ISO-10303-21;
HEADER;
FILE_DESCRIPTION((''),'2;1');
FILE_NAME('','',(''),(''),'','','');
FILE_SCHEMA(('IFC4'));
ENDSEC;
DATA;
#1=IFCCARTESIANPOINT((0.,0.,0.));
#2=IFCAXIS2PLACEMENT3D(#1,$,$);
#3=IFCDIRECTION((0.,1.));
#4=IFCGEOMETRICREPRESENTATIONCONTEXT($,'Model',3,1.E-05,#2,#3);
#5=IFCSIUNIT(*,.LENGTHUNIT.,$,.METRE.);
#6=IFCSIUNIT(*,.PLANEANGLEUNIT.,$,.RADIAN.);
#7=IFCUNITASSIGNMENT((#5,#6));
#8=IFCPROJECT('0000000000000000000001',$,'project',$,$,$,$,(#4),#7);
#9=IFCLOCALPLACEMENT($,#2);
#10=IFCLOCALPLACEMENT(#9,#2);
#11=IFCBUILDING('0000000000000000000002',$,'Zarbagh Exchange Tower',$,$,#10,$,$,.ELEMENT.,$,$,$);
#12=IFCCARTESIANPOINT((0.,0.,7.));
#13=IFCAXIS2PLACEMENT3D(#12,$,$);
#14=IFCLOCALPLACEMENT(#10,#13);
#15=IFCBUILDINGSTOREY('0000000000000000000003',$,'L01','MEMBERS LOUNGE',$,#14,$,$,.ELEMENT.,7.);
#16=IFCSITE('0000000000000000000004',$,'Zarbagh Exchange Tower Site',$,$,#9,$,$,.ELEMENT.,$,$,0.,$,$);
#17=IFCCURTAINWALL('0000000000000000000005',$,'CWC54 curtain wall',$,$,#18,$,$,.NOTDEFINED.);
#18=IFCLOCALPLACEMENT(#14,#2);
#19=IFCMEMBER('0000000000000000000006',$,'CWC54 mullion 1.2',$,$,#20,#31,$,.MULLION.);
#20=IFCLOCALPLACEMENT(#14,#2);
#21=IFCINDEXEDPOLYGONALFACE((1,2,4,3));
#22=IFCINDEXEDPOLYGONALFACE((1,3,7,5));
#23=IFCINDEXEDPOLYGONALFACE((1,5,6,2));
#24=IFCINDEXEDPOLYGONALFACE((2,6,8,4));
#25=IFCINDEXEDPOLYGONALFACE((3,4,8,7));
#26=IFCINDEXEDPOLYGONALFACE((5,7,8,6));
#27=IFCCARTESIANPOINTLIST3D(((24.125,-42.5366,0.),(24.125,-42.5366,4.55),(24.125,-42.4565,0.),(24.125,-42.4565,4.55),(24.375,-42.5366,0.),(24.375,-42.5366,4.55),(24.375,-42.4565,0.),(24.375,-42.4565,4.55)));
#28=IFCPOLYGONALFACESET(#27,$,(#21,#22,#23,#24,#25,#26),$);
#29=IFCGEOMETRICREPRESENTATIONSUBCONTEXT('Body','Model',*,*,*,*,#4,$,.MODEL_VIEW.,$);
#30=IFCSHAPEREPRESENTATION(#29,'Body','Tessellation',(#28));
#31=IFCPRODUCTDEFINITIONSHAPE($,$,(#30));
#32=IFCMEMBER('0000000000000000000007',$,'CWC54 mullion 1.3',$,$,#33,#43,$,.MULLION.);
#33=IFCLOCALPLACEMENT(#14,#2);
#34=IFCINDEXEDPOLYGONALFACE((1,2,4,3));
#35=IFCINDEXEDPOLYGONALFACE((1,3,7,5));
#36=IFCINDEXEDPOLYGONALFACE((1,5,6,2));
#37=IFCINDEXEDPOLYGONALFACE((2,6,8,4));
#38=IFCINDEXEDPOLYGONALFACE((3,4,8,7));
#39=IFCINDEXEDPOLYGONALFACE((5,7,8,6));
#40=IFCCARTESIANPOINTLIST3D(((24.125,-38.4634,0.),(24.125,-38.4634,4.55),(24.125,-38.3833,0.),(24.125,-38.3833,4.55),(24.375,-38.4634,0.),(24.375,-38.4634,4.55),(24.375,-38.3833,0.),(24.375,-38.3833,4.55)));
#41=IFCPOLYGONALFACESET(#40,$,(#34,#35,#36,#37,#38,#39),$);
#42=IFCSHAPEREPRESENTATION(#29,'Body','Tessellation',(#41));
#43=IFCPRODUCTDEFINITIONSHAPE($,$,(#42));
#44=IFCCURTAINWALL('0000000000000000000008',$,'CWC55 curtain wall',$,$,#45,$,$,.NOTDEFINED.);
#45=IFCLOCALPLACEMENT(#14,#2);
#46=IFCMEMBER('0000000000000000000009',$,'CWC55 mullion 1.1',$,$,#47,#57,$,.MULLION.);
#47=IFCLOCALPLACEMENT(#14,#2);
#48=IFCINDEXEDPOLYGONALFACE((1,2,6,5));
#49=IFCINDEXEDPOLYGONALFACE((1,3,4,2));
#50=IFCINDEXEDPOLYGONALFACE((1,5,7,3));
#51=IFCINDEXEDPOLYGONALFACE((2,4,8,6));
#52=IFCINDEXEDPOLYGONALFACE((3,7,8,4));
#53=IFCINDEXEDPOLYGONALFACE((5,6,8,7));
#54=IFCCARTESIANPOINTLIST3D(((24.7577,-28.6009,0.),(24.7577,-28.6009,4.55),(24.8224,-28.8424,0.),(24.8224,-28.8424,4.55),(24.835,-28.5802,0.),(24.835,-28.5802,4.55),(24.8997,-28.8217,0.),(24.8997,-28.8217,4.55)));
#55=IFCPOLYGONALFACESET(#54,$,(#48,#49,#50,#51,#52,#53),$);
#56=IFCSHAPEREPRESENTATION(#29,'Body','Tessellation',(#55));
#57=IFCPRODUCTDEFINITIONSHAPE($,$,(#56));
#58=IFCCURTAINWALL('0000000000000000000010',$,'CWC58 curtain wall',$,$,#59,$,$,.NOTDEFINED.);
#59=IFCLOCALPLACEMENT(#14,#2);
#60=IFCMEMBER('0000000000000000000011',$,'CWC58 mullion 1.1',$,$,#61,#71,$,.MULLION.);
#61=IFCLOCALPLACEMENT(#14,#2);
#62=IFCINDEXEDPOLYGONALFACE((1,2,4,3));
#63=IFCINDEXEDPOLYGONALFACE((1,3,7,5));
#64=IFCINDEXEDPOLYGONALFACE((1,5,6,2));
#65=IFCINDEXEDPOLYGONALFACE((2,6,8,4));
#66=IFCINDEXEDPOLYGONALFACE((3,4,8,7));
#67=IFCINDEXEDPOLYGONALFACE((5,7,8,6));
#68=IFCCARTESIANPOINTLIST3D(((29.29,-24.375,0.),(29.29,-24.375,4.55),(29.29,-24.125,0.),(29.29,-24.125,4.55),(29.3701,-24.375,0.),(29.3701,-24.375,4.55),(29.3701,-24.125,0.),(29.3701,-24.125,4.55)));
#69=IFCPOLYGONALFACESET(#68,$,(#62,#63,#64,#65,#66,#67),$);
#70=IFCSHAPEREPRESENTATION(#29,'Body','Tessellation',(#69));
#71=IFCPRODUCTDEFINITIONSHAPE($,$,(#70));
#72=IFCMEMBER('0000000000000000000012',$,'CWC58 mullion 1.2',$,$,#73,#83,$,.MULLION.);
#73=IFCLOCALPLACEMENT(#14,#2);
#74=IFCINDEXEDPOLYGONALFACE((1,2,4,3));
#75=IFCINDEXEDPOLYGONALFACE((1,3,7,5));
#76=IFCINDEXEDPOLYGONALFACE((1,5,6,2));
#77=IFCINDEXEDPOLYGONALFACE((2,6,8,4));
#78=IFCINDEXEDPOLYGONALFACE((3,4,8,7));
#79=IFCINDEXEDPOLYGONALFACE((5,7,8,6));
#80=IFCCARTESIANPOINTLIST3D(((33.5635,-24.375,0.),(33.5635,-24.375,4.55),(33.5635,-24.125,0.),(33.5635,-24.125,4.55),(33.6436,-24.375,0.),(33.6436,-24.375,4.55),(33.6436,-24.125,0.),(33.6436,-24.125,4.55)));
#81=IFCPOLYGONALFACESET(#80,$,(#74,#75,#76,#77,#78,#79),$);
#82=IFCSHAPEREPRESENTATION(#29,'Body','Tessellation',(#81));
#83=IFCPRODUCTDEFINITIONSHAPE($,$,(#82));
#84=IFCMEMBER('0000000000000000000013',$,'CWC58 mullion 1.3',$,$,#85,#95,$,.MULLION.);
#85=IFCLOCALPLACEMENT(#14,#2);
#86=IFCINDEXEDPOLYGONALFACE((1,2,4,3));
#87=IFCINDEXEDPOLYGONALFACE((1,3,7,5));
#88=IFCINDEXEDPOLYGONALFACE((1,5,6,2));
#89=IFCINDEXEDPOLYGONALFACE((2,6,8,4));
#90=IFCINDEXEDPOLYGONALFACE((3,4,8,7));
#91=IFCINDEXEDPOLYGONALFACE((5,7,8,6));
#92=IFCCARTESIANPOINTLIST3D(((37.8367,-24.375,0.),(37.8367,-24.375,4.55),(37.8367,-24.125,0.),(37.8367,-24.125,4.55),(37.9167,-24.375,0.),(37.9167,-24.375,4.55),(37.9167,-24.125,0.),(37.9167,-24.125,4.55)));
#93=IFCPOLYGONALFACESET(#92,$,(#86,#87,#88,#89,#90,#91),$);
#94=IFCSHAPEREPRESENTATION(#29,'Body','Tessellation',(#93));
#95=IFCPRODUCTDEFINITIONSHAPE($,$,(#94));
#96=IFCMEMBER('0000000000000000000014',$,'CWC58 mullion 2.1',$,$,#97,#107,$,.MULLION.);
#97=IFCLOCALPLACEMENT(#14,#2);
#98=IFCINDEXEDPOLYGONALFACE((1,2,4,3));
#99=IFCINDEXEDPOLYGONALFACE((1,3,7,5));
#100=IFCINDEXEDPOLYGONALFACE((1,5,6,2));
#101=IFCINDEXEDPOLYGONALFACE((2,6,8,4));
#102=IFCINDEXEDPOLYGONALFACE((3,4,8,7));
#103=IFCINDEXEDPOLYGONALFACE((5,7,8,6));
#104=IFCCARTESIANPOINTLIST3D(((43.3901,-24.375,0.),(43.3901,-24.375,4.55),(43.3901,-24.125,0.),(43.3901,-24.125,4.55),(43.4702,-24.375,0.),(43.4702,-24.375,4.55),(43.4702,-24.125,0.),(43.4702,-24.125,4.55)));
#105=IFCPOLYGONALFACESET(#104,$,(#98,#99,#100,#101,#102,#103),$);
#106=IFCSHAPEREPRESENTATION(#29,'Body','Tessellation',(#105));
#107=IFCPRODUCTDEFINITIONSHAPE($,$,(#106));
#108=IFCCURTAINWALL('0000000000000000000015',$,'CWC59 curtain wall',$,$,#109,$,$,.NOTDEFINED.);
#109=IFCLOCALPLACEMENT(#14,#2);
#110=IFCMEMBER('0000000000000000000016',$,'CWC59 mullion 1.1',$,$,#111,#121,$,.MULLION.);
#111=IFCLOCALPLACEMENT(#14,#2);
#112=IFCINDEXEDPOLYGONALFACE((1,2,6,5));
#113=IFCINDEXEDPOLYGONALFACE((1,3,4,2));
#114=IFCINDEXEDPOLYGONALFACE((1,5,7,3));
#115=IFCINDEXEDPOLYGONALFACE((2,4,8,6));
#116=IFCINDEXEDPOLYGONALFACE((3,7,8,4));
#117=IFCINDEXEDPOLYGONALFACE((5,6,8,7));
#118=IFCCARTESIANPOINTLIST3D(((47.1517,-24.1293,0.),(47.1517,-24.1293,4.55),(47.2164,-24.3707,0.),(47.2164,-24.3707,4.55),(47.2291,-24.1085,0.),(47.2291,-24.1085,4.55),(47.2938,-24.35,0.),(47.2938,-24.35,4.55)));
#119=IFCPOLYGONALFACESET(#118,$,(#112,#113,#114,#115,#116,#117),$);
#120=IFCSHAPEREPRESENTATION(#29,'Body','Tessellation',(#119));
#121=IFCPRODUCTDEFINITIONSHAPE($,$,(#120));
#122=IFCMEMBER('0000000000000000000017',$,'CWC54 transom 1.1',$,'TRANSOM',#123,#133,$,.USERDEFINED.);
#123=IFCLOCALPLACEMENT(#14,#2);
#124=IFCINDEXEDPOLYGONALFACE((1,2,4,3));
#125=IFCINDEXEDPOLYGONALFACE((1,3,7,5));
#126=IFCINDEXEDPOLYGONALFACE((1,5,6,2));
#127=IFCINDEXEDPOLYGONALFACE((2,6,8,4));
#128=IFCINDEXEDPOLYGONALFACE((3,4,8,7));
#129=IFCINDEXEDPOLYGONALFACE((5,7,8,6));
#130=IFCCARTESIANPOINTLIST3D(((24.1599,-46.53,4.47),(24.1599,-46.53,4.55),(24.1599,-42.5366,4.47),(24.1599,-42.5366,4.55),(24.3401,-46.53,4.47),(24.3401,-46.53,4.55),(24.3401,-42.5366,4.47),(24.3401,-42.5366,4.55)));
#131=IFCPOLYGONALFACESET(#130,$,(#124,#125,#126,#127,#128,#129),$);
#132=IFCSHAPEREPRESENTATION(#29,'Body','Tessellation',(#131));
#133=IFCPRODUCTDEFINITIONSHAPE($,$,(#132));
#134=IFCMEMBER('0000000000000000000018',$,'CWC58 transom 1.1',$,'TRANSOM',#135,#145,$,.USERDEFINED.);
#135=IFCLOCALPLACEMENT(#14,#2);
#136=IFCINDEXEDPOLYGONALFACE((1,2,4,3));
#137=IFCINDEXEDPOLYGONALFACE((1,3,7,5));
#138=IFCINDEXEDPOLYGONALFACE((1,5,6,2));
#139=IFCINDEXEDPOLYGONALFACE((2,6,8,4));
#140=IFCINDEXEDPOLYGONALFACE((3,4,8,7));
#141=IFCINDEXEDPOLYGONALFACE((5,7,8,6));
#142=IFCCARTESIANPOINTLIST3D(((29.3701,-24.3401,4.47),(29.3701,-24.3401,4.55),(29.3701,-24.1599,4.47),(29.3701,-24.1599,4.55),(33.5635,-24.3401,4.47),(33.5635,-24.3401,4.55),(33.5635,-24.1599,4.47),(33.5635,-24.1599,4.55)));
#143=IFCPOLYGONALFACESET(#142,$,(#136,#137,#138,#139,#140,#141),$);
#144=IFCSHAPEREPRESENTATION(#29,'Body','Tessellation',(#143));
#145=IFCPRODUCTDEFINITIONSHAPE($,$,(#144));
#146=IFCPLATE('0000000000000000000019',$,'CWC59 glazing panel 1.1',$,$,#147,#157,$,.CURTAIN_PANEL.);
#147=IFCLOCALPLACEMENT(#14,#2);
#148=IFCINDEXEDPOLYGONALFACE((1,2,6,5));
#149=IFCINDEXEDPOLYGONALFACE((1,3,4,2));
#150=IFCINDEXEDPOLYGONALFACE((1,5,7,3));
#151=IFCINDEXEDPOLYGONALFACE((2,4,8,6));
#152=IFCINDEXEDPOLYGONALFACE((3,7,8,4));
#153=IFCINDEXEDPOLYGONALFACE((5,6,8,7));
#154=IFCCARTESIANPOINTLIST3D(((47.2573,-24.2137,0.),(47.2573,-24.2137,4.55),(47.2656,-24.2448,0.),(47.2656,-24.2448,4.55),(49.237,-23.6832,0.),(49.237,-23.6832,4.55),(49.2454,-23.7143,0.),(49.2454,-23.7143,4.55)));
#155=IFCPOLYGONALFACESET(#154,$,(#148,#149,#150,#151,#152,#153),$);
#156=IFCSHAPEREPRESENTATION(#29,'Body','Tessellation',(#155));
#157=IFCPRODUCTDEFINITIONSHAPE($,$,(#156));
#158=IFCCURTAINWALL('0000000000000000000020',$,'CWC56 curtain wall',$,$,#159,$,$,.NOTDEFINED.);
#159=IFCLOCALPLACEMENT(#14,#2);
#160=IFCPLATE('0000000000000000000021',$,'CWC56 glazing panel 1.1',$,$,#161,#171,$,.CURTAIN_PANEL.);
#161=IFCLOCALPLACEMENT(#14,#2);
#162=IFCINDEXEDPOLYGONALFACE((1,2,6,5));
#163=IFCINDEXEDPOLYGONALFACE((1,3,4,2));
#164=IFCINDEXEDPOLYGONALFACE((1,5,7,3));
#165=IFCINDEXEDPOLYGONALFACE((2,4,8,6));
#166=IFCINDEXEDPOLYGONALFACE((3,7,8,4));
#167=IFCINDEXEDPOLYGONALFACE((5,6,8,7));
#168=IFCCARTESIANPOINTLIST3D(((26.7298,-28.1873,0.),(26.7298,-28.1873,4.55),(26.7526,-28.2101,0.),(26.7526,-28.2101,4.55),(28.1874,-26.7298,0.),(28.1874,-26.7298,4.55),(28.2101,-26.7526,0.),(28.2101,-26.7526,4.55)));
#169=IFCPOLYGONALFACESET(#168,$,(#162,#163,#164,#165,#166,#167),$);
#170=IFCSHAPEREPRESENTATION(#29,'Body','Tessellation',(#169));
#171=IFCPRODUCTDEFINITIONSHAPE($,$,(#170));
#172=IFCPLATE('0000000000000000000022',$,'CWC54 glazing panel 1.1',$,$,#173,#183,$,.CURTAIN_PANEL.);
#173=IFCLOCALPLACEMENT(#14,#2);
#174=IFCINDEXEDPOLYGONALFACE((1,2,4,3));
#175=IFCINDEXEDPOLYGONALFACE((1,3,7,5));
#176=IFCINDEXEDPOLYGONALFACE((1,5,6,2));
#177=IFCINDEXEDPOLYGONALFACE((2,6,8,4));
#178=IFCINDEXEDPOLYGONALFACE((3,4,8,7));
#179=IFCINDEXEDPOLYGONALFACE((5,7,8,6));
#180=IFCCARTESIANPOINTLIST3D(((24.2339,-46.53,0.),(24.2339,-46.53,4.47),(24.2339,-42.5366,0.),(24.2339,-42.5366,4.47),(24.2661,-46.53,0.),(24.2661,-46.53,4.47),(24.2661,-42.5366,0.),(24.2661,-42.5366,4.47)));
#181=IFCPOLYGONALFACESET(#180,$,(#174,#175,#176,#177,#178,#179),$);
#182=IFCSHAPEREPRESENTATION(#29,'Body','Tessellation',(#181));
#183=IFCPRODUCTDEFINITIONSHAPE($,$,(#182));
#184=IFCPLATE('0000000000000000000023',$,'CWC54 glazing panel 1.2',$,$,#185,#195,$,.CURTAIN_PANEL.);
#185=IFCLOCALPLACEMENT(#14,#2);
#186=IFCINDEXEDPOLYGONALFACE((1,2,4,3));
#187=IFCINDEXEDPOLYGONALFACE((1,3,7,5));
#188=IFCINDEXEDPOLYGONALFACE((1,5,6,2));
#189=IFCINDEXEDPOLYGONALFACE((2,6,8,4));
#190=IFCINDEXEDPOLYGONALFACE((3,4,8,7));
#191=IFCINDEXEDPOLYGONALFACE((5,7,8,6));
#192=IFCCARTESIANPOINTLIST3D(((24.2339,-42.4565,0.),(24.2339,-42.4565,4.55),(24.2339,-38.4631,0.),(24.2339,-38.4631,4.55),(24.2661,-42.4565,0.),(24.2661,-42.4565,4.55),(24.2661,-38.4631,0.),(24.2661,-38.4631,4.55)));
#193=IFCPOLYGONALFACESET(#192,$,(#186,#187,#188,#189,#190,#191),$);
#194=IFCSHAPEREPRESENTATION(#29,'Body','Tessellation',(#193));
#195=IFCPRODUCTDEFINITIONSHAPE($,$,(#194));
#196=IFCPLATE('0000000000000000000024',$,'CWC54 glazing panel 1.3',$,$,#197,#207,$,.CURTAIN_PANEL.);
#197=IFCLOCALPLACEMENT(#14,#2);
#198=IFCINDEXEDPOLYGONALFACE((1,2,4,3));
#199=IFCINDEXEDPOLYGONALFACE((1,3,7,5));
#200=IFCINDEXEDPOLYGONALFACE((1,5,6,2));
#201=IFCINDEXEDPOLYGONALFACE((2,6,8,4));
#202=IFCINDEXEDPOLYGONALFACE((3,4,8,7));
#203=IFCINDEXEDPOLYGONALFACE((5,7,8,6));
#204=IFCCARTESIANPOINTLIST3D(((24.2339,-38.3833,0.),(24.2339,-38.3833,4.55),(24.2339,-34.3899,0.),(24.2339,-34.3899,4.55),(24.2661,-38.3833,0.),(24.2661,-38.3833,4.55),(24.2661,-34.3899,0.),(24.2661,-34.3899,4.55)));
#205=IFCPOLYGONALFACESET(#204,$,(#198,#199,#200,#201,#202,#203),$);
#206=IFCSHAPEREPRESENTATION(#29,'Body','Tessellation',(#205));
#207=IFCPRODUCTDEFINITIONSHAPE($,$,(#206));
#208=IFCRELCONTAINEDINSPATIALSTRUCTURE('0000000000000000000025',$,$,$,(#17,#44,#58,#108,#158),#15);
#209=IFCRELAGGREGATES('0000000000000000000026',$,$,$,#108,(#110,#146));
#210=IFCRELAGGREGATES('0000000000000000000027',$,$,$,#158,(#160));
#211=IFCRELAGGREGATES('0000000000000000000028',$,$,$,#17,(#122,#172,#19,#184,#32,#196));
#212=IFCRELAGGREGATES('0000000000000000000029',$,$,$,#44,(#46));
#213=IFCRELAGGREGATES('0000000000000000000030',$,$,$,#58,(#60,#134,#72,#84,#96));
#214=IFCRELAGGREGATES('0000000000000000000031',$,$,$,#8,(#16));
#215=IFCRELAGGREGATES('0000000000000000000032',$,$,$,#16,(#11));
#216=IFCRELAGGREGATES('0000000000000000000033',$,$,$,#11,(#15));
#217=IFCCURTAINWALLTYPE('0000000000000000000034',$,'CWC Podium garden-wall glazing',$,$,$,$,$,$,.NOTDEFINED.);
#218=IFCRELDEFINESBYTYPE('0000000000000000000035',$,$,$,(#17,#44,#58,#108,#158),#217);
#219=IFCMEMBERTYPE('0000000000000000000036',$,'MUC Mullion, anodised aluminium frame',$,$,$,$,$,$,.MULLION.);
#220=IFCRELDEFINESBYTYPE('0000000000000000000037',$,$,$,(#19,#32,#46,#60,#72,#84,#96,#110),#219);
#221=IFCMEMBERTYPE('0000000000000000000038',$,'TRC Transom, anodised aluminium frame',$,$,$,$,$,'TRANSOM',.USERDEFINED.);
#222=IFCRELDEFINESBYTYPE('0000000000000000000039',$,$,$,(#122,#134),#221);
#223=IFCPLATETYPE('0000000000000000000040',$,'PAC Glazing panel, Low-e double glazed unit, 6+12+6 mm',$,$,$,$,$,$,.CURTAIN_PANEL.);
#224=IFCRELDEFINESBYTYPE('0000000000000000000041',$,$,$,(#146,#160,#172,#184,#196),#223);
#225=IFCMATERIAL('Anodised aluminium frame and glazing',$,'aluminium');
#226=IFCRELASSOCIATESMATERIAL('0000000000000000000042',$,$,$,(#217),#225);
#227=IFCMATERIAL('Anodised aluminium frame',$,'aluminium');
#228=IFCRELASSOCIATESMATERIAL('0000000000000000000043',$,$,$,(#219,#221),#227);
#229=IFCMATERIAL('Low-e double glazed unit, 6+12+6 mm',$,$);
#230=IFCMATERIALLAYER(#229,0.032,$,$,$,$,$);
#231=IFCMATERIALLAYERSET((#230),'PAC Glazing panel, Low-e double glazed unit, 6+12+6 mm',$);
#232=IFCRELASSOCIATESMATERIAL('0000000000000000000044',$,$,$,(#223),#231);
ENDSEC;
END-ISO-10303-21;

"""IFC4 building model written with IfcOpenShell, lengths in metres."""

from ifc_helpers import new_model, si_unit, direction, frame, origin, place, context, subcontext, project, spatial, polyline, outline, extrude, source, transform, mapped, material, layer, layer_set, type_object, element, aggregate, save


model = new_model("IFC4")

# Units and contexts
model_context = context("Model", 3, precision=1e-05, world=origin(), true_north=direction((0.0, 1.0)))
body_context = subcontext(model_context, "Body", "Model", "MODEL_VIEW")
ifc_project = project(units=[si_unit("LENGTHUNIT", "METRE"), si_unit("PLANEANGLEUNIT", "RADIAN")], contexts=[model_context])

# Site, building, storey
site_placement = place(None, origin())
site = spatial("IfcSite", under=ifc_project, at=site_placement, Name="Zarbagh Exchange Tower Site", CompositionType="ELEMENT", RefElevation=0.0)
building_placement = place(site_placement, origin())
building = spatial("IfcBuilding", under=site, at=building_placement, Name="Zarbagh Exchange Tower", CompositionType="ELEMENT")
storey_placement = place(building_placement, frame((0.0, 0.0, 7.0)))
storey = spatial("IfcBuildingStorey", under=building, at=storey_placement, Name="L01", Description="MEMBERS LOUNGE", CompositionType="ELEMENT", Elevation=7.0)

# Curtain wall, members
ifc_material_1 = material(Name="Anodised aluminium frame and glazing", Category="aluminium")
curtain_wall_type = type_object("IfcCurtainWallType", Name="CWC Podium garden-wall glazing", PredefinedType="NOTDEFINED", material=ifc_material_1)
curtain_wall_1_placement = place(storey_placement, origin())
curtain_wall_1 = element("IfcCurtainWall", 1, at=curtain_wall_1_placement, inside=storey, type_object=curtain_wall_type, Name="CWC54 curtain wall", PredefinedType="NOTDEFINED")
ifc_material_2 = material(Name="Anodised aluminium frame", Category="aluminium")
member_type_1 = type_object("IfcMemberType", Name="MUC Mullion, anodised aluminium frame", PredefinedType="MULLION", material=ifc_material_2)
shared_shape_1 = source(origin(), body_context, "Body", "SweptSolid", [
    extrude(outline(polyline([(0.0, -0.125), (0.0801, -0.125), (0.0801, 0.125), (0.0, 0.125), (0.0, -0.125)])), origin(), (0.0, 0.0, 1.0), 4.55),
])
placement = place(storey_placement, origin())
member_1 = element("IfcMember", 2, at=placement, type_object=member_type_1, Name="CWC54 mullion 1.2", PredefinedType="MULLION", context=body_context, shape_type="MappedRepresentation", body=[
    mapped(shared_shape_1, transform((24.25, -42.5366, 0.0), x_axis=(0.0, 1.0, 0.0), y_axis=(-1.0, 0.0, 0.0), z_axis=(0.0, 0.0, 1.0))),
])
member_2 = element("IfcMember", 3, at=placement, type_object=member_type_1, Name="CWC54 mullion 1.3", PredefinedType="MULLION", context=body_context, shape_type="MappedRepresentation", body=[
    mapped(shared_shape_1, transform((24.25, -38.4634, 0.0), x_axis=(0.0, 1.0, 0.0), y_axis=(-1.0, 0.0, 0.0), z_axis=(0.0, 0.0, 1.0))),
])

# Curtain wall, member
curtain_wall_2_placement = place(storey_placement, origin())
curtain_wall_2 = element("IfcCurtainWall", 4, at=curtain_wall_2_placement, inside=storey, type_object=curtain_wall_type, Name="CWC55 curtain wall", PredefinedType="NOTDEFINED")
member_3 = element("IfcMember", 5, at=placement, type_object=member_type_1, Name="CWC55 mullion 1.1", PredefinedType="MULLION", context=body_context, shape_type="MappedRepresentation", body=[
    mapped(shared_shape_1, transform((24.79, -28.7217, 0.0), x_axis=(0.965924, 0.258825, 0.0), y_axis=(-0.258825, 0.965924, 0.0), z_axis=(0.0, 0.0, 1.0))),
])

# Curtain wall, members
curtain_wall_3_placement = place(storey_placement, origin())
curtain_wall_3 = element("IfcCurtainWall", 6, at=curtain_wall_3_placement, inside=storey, type_object=curtain_wall_type, Name="CWC58 curtain wall", PredefinedType="NOTDEFINED")
member_4 = element("IfcMember", 7, at=placement, type_object=member_type_1, Name="CWC58 mullion 1.1", PredefinedType="MULLION", context=body_context, shape_type="MappedRepresentation", body=[
    mapped(shared_shape_1, transform((29.29, -24.25, 0.0), x_axis=(1.0, 0.0, 0.0), y_axis=(0.0, 1.0, 0.0), z_axis=(0.0, 0.0, 1.0))),
])
member_5 = element("IfcMember", 8, at=placement, type_object=member_type_1, Name="CWC58 mullion 1.2", PredefinedType="MULLION", context=body_context, shape_type="MappedRepresentation", body=[
    mapped(shared_shape_1, transform((33.5635, -24.25, 0.0), x_axis=(1.0, 0.0, 0.0), y_axis=(0.0, 1.0, 0.0), z_axis=(0.0, 0.0, 1.0))),
])
member_6 = element("IfcMember", 9, at=placement, type_object=member_type_1, Name="CWC58 mullion 1.3", PredefinedType="MULLION", context=body_context, shape_type="MappedRepresentation", body=[
    mapped(shared_shape_1, transform((37.8367, -24.25, 0.0), x_axis=(1.0, 0.0, 0.0), y_axis=(0.0, 1.0, 0.0), z_axis=(0.0, 0.0, 1.0))),
])
member_7 = element("IfcMember", 10, at=placement, type_object=member_type_1, Name="CWC58 mullion 2.1", PredefinedType="MULLION", context=body_context, shape_type="MappedRepresentation", body=[
    mapped(shared_shape_1, transform((43.3901, -24.25, 0.0), x_axis=(1.0, 0.0, 0.0), y_axis=(0.0, 1.0, 0.0), z_axis=(0.0, 0.0, 1.0))),
])

# Curtain wall, member
curtain_wall_4_placement = place(storey_placement, origin())
curtain_wall_4 = element("IfcCurtainWall", 11, at=curtain_wall_4_placement, inside=storey, type_object=curtain_wall_type, Name="CWC59 curtain wall", PredefinedType="NOTDEFINED")
member_8 = element("IfcMember", 12, at=placement, type_object=member_type_1, Name="CWC59 mullion 1.1", PredefinedType="MULLION", context=body_context, shape_type="MappedRepresentation", body=[
    mapped(shared_shape_1, transform((47.1841, -24.25, 0.0), x_axis=(0.965924, 0.258825, 0.0), y_axis=(-0.258825, 0.965924, 0.0), z_axis=(0.0, 0.0, 1.0))),
])

# Members
member_type_2 = type_object("IfcMemberType", Name="TRC Transom, anodised aluminium frame", ElementType="TRANSOM", PredefinedType="USERDEFINED", material=ifc_material_2)
shared_shape_2 = source(origin(), body_context, "Body", "SweptSolid", [
    extrude(outline(polyline([(-0.0801, -0.0901), (0.0, -0.0901), (0.0, 0.0901), (-0.0801, 0.0901), (-0.0801, -0.0901)])), origin(), (0.0, 0.0, 1.0), 3.9934),
])
member_9 = element("IfcMember", 13, at=placement, type_object=member_type_2, Name="CWC54 transom 1.1", ObjectType="TRANSOM", PredefinedType="USERDEFINED", context=body_context, shape_type="MappedRepresentation", body=[
    mapped(shared_shape_2, transform((24.25, -46.53, 4.55), x_axis=(0.0, 0.0, 1.0), y_axis=(1.0, 0.0, 0.0), z_axis=(0.0, 1.0, 0.0))),
])
shared_shape_3 = source(origin(), body_context, "Body", "SweptSolid", [
    extrude(outline(polyline([(-0.0801, -0.0901), (0.0, -0.0901), (0.0, 0.0901), (-0.0801, 0.0901), (-0.0801, -0.0901)])), origin(), (0.0, 0.0, 1.0), 4.1934),
])
member_10 = element("IfcMember", 14, at=placement, type_object=member_type_2, Name="CWC58 transom 1.1", ObjectType="TRANSOM", PredefinedType="USERDEFINED", context=body_context, shape_type="MappedRepresentation", body=[
    mapped(shared_shape_3, transform((29.3701, -24.25, 4.55), x_axis=(0.0, 0.0, 1.0), y_axis=(0.0, -1.0, 0.0), z_axis=(1.0, 0.0, 0.0))),
])

# Plate
ifc_material_3 = material(Name="Low-e double glazed unit, 6+12+6 mm")
ifc_layer = layer(ifc_material_3, 0.032)
ifc_layer_set = layer_set([ifc_layer], Name="PAC Glazing panel, Low-e double glazed unit, 6+12+6 mm")
plate_type = type_object("IfcPlateType", Name="PAC Glazing panel, Low-e double glazed unit, 6+12+6 mm", PredefinedType="CURTAIN_PANEL", material=ifc_layer_set)
shared_shape_4 = source(origin(), body_context, "Body", "SweptSolid", [
    extrude(outline(polyline([(0.0, -0.0161), (2.0496, -0.0161), (2.0496, 0.0161), (0.0, 0.0161), (0.0, -0.0161)])), origin(), (0.0, 0.0, 1.0), 4.55),
])
plate_1 = element("IfcPlate", 15, at=placement, type_object=plate_type, Name="CWC59 glazing panel 1.1", PredefinedType="CURTAIN_PANEL", context=body_context, shape_type="MappedRepresentation", body=[
    mapped(shared_shape_4, transform((47.2615, -24.2292, 0.0), x_axis=(0.965924, 0.258825, 0.0), y_axis=(-0.258825, 0.965924, 0.0), z_axis=(0.0, 0.0, 1.0))),
])
aggregate(curtain_wall_4, [member_8, plate_1])

# Curtain wall, plate
curtain_wall_5_placement = place(storey_placement, origin())
curtain_wall_5 = element("IfcCurtainWall", 16, at=curtain_wall_5_placement, inside=storey, type_object=curtain_wall_type, Name="CWC56 curtain wall", PredefinedType="NOTDEFINED")
shared_shape_5 = source(origin(), body_context, "Body", "SweptSolid", [
    extrude(outline(polyline([(0.0, -0.0161), (2.0613, -0.0161), (2.0613, 0.0161), (0.0, 0.0161), (0.0, -0.0161)])), origin(), (0.0, 0.0, 1.0), 4.55),
])
plate_2 = element("IfcPlate", 17, at=placement, type_object=plate_type, Name="CWC56 glazing panel 1.1", PredefinedType="CURTAIN_PANEL", context=body_context, shape_type="MappedRepresentation", body=[
    mapped(shared_shape_5, transform((26.7412, -28.1987, 0.0), x_axis=(0.707107, 0.707107, 0.0), y_axis=(-0.707107, 0.707107, 0.0), z_axis=(0.0, 0.0, 1.0))),
])
aggregate(curtain_wall_5, [plate_2])

# Plates
shared_shape_6 = source(origin(), body_context, "Body", "SweptSolid", [
    extrude(outline(polyline([(0.0, -0.0161), (3.9934, -0.0161), (3.9934, 0.0161), (0.0, 0.0161), (0.0, -0.0161)])), origin(), (0.0, 0.0, 1.0), 4.47),
])
plate_3 = element("IfcPlate", 18, at=placement, type_object=plate_type, Name="CWC54 glazing panel 1.1", PredefinedType="CURTAIN_PANEL", context=body_context, shape_type="MappedRepresentation", body=[
    mapped(shared_shape_6, transform((24.25, -46.53, 0.0), x_axis=(0.0, 1.0, 0.0), y_axis=(-1.0, 0.0, 0.0), z_axis=(0.0, 0.0, 1.0))),
])
shared_shape_7 = source(origin(), body_context, "Body", "SweptSolid", [
    extrude(outline(polyline([(0.0, -0.0161), (3.9934, -0.0161), (3.9934, 0.0161), (0.0, 0.0161), (0.0, -0.0161)])), origin(), (0.0, 0.0, 1.0), 4.55),
])
plate_4 = element("IfcPlate", 19, at=placement, type_object=plate_type, Name="CWC54 glazing panel 1.2", PredefinedType="CURTAIN_PANEL", context=body_context, shape_type="MappedRepresentation", body=[
    mapped(shared_shape_7, transform((24.25, -42.4565, 0.0), x_axis=(0.0, 1.0, 0.0), y_axis=(-1.0, 0.0, 0.0), z_axis=(0.0, 0.0, 1.0))),
])
plate_5 = element("IfcPlate", 20, at=placement, type_object=plate_type, Name="CWC54 glazing panel 1.3", PredefinedType="CURTAIN_PANEL", context=body_context, shape_type="MappedRepresentation", body=[
    mapped(shared_shape_7, transform((24.25, -38.3833, 0.0), x_axis=(0.0, 1.0, 0.0), y_axis=(-1.0, 0.0, 0.0), z_axis=(0.0, 0.0, 1.0))),
])
aggregate(curtain_wall_1, [member_9, plate_3, member_1, plate_4, member_2, plate_5])
aggregate(curtain_wall_2, [member_3])

aggregate(curtain_wall_3, [member_4, member_10, member_5, member_6, member_7])

save(model, "model.ifc")
